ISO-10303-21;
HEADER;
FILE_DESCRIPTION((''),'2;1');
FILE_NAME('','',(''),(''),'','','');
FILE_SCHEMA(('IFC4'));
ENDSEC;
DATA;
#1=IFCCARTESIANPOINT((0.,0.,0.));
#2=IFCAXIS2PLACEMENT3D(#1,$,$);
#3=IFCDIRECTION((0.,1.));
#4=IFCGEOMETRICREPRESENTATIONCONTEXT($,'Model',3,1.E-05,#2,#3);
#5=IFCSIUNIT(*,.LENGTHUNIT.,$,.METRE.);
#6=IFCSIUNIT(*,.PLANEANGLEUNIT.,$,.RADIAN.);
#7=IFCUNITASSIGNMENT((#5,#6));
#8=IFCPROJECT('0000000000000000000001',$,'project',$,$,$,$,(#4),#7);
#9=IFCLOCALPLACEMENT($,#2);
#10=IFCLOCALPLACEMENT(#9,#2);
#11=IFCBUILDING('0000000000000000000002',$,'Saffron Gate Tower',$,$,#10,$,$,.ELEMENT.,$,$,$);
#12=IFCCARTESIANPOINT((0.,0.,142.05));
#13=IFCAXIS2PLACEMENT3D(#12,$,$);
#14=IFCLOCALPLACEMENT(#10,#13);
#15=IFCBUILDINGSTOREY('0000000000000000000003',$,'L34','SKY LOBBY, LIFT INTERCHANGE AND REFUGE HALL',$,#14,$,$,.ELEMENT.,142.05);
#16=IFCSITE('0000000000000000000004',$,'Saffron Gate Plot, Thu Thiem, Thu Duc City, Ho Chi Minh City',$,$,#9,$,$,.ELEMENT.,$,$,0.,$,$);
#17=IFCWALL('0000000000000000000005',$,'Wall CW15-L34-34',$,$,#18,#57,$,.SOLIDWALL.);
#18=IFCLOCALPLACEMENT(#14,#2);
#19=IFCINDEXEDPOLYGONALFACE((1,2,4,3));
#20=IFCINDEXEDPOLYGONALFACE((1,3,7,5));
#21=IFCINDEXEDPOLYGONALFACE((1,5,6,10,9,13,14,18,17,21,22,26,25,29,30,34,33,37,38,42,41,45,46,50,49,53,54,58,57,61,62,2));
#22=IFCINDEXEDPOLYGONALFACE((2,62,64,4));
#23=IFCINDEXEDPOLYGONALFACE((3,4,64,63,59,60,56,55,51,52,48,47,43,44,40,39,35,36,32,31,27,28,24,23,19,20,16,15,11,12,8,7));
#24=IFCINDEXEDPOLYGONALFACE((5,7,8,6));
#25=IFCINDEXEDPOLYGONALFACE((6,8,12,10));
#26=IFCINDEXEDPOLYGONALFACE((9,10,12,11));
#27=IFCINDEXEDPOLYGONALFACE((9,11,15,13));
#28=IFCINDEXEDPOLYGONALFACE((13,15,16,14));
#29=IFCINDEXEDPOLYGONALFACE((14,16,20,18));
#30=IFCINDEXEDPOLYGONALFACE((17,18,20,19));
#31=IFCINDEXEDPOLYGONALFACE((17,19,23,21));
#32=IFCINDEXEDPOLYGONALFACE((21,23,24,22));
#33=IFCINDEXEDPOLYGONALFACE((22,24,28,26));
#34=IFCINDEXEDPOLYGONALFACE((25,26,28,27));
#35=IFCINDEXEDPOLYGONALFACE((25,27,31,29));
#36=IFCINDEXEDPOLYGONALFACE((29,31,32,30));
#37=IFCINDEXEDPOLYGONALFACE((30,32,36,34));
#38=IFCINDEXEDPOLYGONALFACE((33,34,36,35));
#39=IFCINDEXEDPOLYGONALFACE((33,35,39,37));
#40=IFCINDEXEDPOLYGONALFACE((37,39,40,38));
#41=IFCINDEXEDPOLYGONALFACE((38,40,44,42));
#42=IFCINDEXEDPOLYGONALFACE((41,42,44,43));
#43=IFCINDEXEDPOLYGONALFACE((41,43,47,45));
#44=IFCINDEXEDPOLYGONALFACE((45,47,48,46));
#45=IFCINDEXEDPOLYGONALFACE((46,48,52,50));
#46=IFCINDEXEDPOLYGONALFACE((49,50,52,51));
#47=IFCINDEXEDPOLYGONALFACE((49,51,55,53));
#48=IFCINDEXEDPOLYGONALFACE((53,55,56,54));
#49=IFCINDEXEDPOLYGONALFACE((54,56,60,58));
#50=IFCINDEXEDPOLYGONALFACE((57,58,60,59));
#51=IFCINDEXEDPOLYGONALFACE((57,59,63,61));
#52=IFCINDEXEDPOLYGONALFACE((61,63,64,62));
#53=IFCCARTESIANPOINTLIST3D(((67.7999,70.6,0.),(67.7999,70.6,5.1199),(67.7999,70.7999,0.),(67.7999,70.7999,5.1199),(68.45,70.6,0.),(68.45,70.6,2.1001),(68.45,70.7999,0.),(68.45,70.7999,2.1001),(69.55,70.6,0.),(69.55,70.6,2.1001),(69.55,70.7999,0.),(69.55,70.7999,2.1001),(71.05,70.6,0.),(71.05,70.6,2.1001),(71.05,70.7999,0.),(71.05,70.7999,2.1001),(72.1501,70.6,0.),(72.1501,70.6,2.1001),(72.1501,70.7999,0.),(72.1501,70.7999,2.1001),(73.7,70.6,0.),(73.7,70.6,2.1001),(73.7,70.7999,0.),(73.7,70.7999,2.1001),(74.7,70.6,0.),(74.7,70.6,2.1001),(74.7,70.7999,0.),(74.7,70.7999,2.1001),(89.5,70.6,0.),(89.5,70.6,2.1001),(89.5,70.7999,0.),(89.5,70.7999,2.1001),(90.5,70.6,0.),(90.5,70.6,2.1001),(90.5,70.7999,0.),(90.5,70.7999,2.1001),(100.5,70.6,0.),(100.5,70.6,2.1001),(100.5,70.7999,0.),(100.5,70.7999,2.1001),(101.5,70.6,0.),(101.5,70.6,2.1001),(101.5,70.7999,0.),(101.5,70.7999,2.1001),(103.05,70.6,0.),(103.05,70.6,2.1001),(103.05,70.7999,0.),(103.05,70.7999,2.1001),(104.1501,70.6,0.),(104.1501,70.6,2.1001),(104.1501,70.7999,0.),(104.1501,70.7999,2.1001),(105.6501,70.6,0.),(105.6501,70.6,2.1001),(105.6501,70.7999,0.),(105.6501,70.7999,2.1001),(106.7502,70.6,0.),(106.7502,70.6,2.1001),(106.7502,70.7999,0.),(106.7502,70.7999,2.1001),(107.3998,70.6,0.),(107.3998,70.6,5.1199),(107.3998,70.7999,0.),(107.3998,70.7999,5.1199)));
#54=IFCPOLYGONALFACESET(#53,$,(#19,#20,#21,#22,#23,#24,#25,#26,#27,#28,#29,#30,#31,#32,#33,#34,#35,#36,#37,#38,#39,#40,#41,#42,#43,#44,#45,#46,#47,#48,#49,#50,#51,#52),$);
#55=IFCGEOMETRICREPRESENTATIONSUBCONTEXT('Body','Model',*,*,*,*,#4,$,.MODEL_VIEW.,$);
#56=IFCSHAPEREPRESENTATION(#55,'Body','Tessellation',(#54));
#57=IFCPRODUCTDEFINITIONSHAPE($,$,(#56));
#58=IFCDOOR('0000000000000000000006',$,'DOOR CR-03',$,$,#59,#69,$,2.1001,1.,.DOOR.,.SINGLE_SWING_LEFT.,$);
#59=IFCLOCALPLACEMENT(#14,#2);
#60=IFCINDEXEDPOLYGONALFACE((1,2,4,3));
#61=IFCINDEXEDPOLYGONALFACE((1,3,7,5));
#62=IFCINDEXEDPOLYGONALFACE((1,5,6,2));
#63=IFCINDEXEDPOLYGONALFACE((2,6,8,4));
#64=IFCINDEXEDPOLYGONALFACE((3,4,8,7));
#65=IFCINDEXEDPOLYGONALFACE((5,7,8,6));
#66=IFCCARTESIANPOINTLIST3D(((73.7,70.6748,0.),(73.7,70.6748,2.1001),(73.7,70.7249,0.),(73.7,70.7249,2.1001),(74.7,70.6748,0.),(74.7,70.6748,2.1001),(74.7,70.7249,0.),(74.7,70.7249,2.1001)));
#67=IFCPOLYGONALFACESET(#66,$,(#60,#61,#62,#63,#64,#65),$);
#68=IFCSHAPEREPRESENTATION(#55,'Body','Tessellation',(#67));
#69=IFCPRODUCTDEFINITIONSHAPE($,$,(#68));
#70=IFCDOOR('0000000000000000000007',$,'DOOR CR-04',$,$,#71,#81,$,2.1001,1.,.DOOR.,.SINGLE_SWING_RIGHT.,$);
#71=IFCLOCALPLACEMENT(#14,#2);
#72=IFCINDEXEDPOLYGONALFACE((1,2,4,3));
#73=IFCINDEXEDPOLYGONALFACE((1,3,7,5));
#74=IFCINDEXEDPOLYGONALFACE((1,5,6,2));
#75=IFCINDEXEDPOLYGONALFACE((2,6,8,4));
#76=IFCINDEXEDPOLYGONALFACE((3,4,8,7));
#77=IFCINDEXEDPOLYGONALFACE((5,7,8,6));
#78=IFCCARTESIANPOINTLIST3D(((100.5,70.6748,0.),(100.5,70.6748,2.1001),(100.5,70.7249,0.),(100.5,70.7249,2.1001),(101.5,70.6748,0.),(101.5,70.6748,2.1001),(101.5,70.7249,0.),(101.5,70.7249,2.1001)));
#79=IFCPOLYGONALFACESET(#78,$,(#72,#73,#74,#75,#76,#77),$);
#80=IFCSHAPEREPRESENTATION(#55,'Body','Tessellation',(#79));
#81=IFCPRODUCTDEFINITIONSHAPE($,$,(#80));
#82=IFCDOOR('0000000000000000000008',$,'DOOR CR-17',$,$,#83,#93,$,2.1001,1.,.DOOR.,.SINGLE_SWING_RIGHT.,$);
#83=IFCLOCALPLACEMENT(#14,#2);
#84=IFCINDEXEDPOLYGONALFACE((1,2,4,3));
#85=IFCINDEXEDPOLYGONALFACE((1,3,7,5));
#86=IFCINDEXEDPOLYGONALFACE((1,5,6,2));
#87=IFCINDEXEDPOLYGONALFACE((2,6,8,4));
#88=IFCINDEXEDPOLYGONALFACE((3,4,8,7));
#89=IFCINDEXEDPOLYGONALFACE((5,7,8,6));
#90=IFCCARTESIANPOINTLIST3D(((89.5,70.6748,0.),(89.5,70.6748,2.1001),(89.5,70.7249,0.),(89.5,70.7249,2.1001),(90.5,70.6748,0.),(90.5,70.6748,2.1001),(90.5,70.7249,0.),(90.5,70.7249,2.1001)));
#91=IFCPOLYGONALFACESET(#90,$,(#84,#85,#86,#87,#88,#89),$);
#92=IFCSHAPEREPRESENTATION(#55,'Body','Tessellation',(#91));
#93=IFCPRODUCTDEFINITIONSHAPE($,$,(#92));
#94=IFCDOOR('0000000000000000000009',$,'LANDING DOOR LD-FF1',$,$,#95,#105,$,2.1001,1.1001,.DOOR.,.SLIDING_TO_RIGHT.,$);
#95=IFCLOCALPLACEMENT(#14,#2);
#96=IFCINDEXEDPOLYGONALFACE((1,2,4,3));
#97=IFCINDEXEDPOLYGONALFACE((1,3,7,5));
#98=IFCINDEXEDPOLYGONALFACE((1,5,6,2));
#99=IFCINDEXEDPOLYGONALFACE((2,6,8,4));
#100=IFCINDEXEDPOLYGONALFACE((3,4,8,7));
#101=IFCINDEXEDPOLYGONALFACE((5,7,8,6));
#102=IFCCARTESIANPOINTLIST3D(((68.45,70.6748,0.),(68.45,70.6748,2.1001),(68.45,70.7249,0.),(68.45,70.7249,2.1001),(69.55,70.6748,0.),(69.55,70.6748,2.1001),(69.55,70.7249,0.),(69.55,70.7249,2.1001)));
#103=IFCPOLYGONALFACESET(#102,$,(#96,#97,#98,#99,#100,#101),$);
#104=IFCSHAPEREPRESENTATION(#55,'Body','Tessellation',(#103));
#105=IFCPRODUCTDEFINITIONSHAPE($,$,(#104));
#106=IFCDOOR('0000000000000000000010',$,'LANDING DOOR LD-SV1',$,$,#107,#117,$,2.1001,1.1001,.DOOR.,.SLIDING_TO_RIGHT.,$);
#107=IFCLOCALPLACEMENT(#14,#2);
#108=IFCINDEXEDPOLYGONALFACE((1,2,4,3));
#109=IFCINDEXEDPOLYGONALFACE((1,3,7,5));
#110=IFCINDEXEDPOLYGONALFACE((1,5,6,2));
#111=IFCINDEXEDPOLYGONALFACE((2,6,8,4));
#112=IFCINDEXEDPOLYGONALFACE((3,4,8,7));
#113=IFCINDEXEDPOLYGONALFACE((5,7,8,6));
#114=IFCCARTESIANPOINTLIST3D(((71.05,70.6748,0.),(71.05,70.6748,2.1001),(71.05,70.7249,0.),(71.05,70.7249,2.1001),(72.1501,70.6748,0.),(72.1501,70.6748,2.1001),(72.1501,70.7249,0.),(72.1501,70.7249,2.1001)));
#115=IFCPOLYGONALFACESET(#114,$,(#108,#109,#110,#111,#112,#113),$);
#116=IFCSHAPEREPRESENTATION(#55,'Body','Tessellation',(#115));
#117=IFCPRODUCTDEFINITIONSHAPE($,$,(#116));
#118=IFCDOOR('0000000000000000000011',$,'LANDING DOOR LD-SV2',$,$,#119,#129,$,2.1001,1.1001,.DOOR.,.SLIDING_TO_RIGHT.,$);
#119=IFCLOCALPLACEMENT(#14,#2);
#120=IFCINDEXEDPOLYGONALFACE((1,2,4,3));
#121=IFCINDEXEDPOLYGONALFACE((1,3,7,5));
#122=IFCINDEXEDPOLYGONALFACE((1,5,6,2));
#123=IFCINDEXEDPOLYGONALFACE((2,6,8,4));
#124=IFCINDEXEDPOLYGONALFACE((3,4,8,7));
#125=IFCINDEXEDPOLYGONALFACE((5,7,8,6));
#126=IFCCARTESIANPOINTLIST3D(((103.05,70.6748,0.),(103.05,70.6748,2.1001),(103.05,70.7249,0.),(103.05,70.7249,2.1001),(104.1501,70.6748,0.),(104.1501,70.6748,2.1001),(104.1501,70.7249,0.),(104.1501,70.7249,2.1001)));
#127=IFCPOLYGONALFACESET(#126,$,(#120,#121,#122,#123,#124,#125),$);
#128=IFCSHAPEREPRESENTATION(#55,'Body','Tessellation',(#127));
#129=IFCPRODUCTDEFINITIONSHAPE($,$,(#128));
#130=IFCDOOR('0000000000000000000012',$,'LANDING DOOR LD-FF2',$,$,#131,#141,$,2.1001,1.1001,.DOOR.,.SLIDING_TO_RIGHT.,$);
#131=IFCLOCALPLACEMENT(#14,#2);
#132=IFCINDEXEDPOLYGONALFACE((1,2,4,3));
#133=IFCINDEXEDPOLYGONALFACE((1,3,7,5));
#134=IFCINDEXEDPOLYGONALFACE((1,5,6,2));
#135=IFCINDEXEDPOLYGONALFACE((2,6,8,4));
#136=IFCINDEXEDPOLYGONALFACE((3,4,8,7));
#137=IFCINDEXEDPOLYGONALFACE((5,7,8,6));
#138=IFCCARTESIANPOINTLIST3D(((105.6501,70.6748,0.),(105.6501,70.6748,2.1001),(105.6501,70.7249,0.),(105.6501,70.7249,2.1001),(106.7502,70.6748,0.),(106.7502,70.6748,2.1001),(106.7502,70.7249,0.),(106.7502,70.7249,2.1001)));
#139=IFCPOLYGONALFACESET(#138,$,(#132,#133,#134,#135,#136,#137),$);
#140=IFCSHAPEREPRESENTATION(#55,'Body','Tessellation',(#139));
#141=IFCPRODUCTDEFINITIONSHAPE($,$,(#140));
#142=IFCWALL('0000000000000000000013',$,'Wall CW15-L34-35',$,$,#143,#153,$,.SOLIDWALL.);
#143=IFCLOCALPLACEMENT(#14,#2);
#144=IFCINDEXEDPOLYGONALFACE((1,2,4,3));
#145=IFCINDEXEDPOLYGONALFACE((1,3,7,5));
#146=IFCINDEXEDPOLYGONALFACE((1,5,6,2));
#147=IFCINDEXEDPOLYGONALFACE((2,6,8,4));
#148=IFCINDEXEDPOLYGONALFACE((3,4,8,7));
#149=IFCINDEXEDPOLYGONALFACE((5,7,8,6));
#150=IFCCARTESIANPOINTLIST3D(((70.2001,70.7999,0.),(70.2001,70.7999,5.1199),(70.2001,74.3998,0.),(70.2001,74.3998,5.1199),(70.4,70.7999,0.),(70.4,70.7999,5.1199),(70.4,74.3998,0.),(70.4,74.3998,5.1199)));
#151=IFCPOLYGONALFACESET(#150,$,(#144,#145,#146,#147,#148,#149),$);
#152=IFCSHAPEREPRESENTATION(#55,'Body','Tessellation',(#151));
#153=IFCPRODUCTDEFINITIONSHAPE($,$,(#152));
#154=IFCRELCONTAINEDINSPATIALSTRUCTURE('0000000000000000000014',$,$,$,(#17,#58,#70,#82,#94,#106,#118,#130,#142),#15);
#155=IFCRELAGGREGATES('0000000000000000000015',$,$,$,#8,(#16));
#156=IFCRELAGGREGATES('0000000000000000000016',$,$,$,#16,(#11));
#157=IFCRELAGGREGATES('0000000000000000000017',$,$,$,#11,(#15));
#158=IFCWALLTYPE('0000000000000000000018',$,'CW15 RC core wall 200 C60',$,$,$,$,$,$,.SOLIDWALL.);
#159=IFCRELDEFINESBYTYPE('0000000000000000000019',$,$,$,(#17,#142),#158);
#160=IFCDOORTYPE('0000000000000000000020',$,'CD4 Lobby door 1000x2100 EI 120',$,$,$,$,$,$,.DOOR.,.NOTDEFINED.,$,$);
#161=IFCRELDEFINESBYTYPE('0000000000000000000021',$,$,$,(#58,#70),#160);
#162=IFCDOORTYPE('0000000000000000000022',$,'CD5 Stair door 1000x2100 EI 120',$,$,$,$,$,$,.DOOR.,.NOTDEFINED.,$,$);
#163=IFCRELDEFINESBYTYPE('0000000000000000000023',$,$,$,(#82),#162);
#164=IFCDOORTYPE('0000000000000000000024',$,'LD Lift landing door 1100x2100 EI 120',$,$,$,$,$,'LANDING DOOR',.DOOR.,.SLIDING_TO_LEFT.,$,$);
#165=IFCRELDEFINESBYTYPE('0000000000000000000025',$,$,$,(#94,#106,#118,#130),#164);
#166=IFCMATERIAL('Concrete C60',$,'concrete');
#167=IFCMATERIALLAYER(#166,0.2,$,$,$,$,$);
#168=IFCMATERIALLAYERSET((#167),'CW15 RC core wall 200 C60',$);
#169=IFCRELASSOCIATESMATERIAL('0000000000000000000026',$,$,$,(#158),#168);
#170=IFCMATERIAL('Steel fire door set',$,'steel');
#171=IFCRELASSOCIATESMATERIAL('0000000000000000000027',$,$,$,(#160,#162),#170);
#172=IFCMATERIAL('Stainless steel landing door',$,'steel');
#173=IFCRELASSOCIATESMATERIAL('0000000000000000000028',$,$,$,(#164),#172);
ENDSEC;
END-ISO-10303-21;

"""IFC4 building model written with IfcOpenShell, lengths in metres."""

from ifc_helpers import new_model, si_unit, direction, frame, frame_2d, origin, place, context, subcontext, project, spatial, rectangle, extrude, material, layer, layer_set, type_object, element, fill, save


model = new_model("IFC4")

# Units and contexts
model_context = context("Model", 3, precision=1e-05, world=origin(), true_north=direction((0.0, 1.0)))
body_context = subcontext(model_context, "Body", "Model", "MODEL_VIEW")
ifc_project = project(units=[si_unit("LENGTHUNIT", "METRE"), si_unit("PLANEANGLEUNIT", "RADIAN")], contexts=[model_context])

# Site, building, storey
site_placement = place(None, origin())
site = spatial("IfcSite", under=ifc_project, at=site_placement, Name="Saffron Gate Plot, Thu Thiem, Thu Duc City, Ho Chi Minh City", CompositionType="ELEMENT", RefElevation=0.0)
building_placement = place(site_placement, origin())
building = spatial("IfcBuilding", under=site, at=building_placement, Name="Saffron Gate Tower", CompositionType="ELEMENT")
storey_placement = place(building_placement, frame((0.0, 0.0, 142.05)))
storey = spatial("IfcBuildingStorey", under=building, at=storey_placement, Name="L34", Description="SKY LOBBY, LIFT INTERCHANGE AND REFUGE HALL", CompositionType="ELEMENT", Elevation=142.05)

# Shared definitions
ifc_material_1 = material(Name="Concrete C60", Category="concrete")

# Wall, openings, doors
ifc_layer_1 = layer(ifc_material_1, 0.2)
ifc_layer_set_1 = layer_set([ifc_layer_1], Name="CW15 RC core wall 200 C60")
wall_type_1 = type_object("IfcWallType", Name="CW15 RC core wall 200 C60", PredefinedType="SOLIDWALL", material=ifc_layer_set_1)
wall_1_placement = place(storey_placement, frame((67.8, 70.7, 0.0), z_axis=(0.0, 0.0, 1.0), x_axis=(1.0, 0.0, 0.0)))
wall_1 = element("IfcWall", 1, at=wall_1_placement, inside=storey, type_object=wall_type_1, Name="Wall CW15-L34-34", PredefinedType="SOLIDWALL", context=body_context, shape_type="SweptSolid", body=[
    extrude(rectangle(XDim=39.5999, YDim=0.2, at=frame_2d((19.7998, 0.0))), origin(), (0.0, 0.0, 1.0), 5.1199),
])
opening_1_placement = place(wall_1_placement, frame((0.6499, 0.0, 0.0)))
opening_1 = element("IfcOpeningElement", 2, at=opening_1_placement, cuts=wall_1, PredefinedType="OPENING", context=body_context, shape_type="SweptSolid", body=[
    extrude(rectangle(XDim=1.1001, YDim=2.1001, at=frame_2d((0.55, 1.05))), frame((0.0, 0.1099, 0.0), z_axis=(0.0, -1.0, 0.0), x_axis=(1.0, 0.0, 0.0)), (0.0, 0.0, 1.0), 0.22),
])
opening_2_placement = place(wall_1_placement, frame((3.25, 0.0, 0.0)))
opening_2 = element("IfcOpeningElement", 3, at=opening_2_placement, cuts=wall_1, PredefinedType="OPENING", context=body_context, shape_type="SweptSolid", body=[
    extrude(rectangle(XDim=1.1001, YDim=2.1001, at=frame_2d((0.55, 1.05))), frame((0.0, 0.1099, 0.0), z_axis=(0.0, -1.0, 0.0), x_axis=(1.0, 0.0, 0.0)), (0.0, 0.0, 1.0), 0.22),
])
opening_3_placement = place(wall_1_placement, frame((5.8999, 0.0, 0.0)))
opening_3 = element("IfcOpeningElement", 4, at=opening_3_placement, cuts=wall_1, PredefinedType="OPENING", context=body_context, shape_type="SweptSolid", body=[
    extrude(rectangle(XDim=1.0, YDim=2.1001, at=frame_2d((0.5, 1.05))), frame((0.0, 0.1099, 0.0), z_axis=(0.0, -1.0, 0.0), x_axis=(1.0, 0.0, 0.0)), (0.0, 0.0, 1.0), 0.22),
])
opening_4_placement = place(wall_1_placement, frame((21.7, 0.0, 0.0)))
opening_4 = element("IfcOpeningElement", 5, at=opening_4_placement, cuts=wall_1, PredefinedType="OPENING", context=body_context, shape_type="SweptSolid", body=[
    extrude(rectangle(XDim=1.0, YDim=2.1001, at=frame_2d((0.5, 1.05))), frame((0.0, 0.1099, 0.0), z_axis=(0.0, -1.0, 0.0), x_axis=(1.0, 0.0, 0.0)), (0.0, 0.0, 1.0), 0.22),
])
opening_5_placement = place(wall_1_placement, frame((32.7, 0.0, 0.0)))
opening_5 = element("IfcOpeningElement", 6, at=opening_5_placement, cuts=wall_1, PredefinedType="OPENING", context=body_context, shape_type="SweptSolid", body=[
    extrude(rectangle(XDim=1.0, YDim=2.1001, at=frame_2d((0.5, 1.05))), frame((0.0, 0.1099, 0.0), z_axis=(0.0, -1.0, 0.0), x_axis=(1.0, 0.0, 0.0)), (0.0, 0.0, 1.0), 0.22),
])
opening_6_placement = place(wall_1_placement, frame((35.25, 0.0, 0.0)))
opening_6 = element("IfcOpeningElement", 7, at=opening_6_placement, cuts=wall_1, PredefinedType="OPENING", context=body_context, shape_type="SweptSolid", body=[
    extrude(rectangle(XDim=1.1001, YDim=2.1001, at=frame_2d((0.55, 1.05))), frame((0.0, 0.1099, 0.0), z_axis=(0.0, -1.0, 0.0), x_axis=(1.0, 0.0, 0.0)), (0.0, 0.0, 1.0), 0.22),
])
opening_7_placement = place(wall_1_placement, frame((37.8501, 0.0, 0.0)))
opening_7 = element("IfcOpeningElement", 8, at=opening_7_placement, cuts=wall_1, PredefinedType="OPENING", context=body_context, shape_type="SweptSolid", body=[
    extrude(rectangle(XDim=1.1001, YDim=2.1001, at=frame_2d((0.55, 1.05))), frame((0.0, 0.1099, 0.0), z_axis=(0.0, -1.0, 0.0), x_axis=(1.0, 0.0, 0.0)), (0.0, 0.0, 1.0), 0.22),
])
ifc_material_2 = material(Name="Steel fire door set", Category="steel")
door_type_1 = type_object("IfcDoorType", Name="CD4 Lobby door 1000x2100 EI 120", OperationType="NOTDEFINED", PredefinedType="DOOR", material=ifc_material_2)
door_1_placement = place(opening_3_placement, origin())
door_1 = element("IfcDoor", 9, at=door_1_placement, inside=storey, type_object=door_type_1, Name="DOOR CR-03", OperationType="SINGLE_SWING_LEFT", OverallHeight=2.1001, OverallWidth=1.0, PredefinedType="DOOR", context=body_context, shape_type="SweptSolid", body=[
    extrude(rectangle(XDim=1.0, YDim=2.1001, at=frame_2d((0.5, 1.05))), frame((0.0, 0.0249, 0.0), z_axis=(0.0, -1.0, 0.0), x_axis=(1.0, 0.0, 0.0)), (0.0, 0.0, 1.0), 0.05),
])
fill(opening_3, door_1)
door_2_placement = place(opening_5_placement, origin())
door_2 = element("IfcDoor", 10, at=door_2_placement, inside=storey, type_object=door_type_1, Name="DOOR CR-04", OperationType="SINGLE_SWING_RIGHT", OverallHeight=2.1001, OverallWidth=1.0, PredefinedType="DOOR", context=body_context, shape_type="SweptSolid", body=[
    extrude(rectangle(XDim=1.0, YDim=2.1001, at=frame_2d((0.5, 1.05))), frame((0.0, 0.0249, 0.0), z_axis=(0.0, -1.0, 0.0), x_axis=(1.0, 0.0, 0.0)), (0.0, 0.0, 1.0), 0.05),
])
fill(opening_5, door_2)
door_type_2 = type_object("IfcDoorType", Name="CD5 Stair door 1000x2100 EI 120", OperationType="NOTDEFINED", PredefinedType="DOOR", material=ifc_material_2)
door_3_placement = place(opening_4_placement, origin())
door_3 = element("IfcDoor", 11, at=door_3_placement, inside=storey, type_object=door_type_2, Name="DOOR CR-17", OperationType="SINGLE_SWING_RIGHT", OverallHeight=2.1001, OverallWidth=1.0, PredefinedType="DOOR", context=body_context, shape_type="SweptSolid", body=[
    extrude(rectangle(XDim=1.0, YDim=2.1001, at=frame_2d((0.5, 1.05))), frame((0.0, 0.0249, 0.0), z_axis=(0.0, -1.0, 0.0), x_axis=(1.0, 0.0, 0.0)), (0.0, 0.0, 1.0), 0.05),
])
fill(opening_4, door_3)
ifc_material_3 = material(Name="Stainless steel landing door", Category="steel")
door_type_3 = type_object("IfcDoorType", Name="LD Lift landing door 1100x2100 EI 120", ElementType="LANDING DOOR", OperationType="SLIDING_TO_LEFT", PredefinedType="DOOR", material=ifc_material_3)
door_4_placement = place(opening_1_placement, origin())
door_4 = element("IfcDoor", 12, at=door_4_placement, inside=storey, type_object=door_type_3, Name="LANDING DOOR LD-FF1", OperationType="SLIDING_TO_RIGHT", OverallHeight=2.1001, OverallWidth=1.1001, PredefinedType="DOOR", context=body_context, shape_type="SweptSolid", body=[
    extrude(rectangle(XDim=1.1001, YDim=2.1001, at=frame_2d((0.55, 1.05))), frame((0.0, 0.0249, 0.0), z_axis=(0.0, -1.0, 0.0), x_axis=(1.0, 0.0, 0.0)), (0.0, 0.0, 1.0), 0.05),
])
fill(opening_1, door_4)
door_5_placement = place(opening_2_placement, origin())
door_5 = element("IfcDoor", 13, at=door_5_placement, inside=storey, type_object=door_type_3, Name="LANDING DOOR LD-SV1", OperationType="SLIDING_TO_RIGHT", OverallHeight=2.1001, OverallWidth=1.1001, PredefinedType="DOOR", context=body_context, shape_type="SweptSolid", body=[
    extrude(rectangle(XDim=1.1001, YDim=2.1001, at=frame_2d((0.55, 1.05))), frame((0.0, 0.0249, 0.0), z_axis=(0.0, -1.0, 0.0), x_axis=(1.0, 0.0, 0.0)), (0.0, 0.0, 1.0), 0.05),
])
fill(opening_2, door_5)
door_6_placement = place(opening_6_placement, origin())
door_6 = element("IfcDoor", 14, at=door_6_placement, inside=storey, type_object=door_type_3, Name="LANDING DOOR LD-SV2", OperationType="SLIDING_TO_RIGHT", OverallHeight=2.1001, OverallWidth=1.1001, PredefinedType="DOOR", context=body_context, shape_type="SweptSolid", body=[
    extrude(rectangle(XDim=1.1001, YDim=2.1001, at=frame_2d((0.55, 1.05))), frame((0.0, 0.0249, 0.0), z_axis=(0.0, -1.0, 0.0), x_axis=(1.0, 0.0, 0.0)), (0.0, 0.0, 1.0), 0.05),
])
fill(opening_6, door_6)
door_7_placement = place(opening_7_placement, origin())
door_7 = element("IfcDoor", 15, at=door_7_placement, inside=storey, type_object=door_type_3, Name="LANDING DOOR LD-FF2", OperationType="SLIDING_TO_RIGHT", OverallHeight=2.1001, OverallWidth=1.1001, PredefinedType="DOOR", context=body_context, shape_type="SweptSolid", body=[
    extrude(rectangle(XDim=1.1001, YDim=2.1001, at=frame_2d((0.55, 1.05))), frame((0.0, 0.0249, 0.0), z_axis=(0.0, -1.0, 0.0), x_axis=(1.0, 0.0, 0.0)), (0.0, 0.0, 1.0), 0.05),
])
fill(opening_7, door_7)

# Wall
wall_2_placement = place(storey_placement, frame((70.3, 70.8, 0.0), z_axis=(0.0, 0.0, 1.0), x_axis=(0.0, 1.0, 0.0)))
element("IfcWall", 16, at=wall_2_placement, inside=storey, type_object=wall_type_1, Name="Wall CW15-L34-35", PredefinedType="SOLIDWALL", context=body_context, shape_type="SweptSolid", body=[
    extrude(rectangle(XDim=3.5999, YDim=0.2, at=frame_2d((1.7998, 0.0))), origin(), (0.0, 0.0, 1.0), 5.1199),
])

save(model, "model.ifc")
